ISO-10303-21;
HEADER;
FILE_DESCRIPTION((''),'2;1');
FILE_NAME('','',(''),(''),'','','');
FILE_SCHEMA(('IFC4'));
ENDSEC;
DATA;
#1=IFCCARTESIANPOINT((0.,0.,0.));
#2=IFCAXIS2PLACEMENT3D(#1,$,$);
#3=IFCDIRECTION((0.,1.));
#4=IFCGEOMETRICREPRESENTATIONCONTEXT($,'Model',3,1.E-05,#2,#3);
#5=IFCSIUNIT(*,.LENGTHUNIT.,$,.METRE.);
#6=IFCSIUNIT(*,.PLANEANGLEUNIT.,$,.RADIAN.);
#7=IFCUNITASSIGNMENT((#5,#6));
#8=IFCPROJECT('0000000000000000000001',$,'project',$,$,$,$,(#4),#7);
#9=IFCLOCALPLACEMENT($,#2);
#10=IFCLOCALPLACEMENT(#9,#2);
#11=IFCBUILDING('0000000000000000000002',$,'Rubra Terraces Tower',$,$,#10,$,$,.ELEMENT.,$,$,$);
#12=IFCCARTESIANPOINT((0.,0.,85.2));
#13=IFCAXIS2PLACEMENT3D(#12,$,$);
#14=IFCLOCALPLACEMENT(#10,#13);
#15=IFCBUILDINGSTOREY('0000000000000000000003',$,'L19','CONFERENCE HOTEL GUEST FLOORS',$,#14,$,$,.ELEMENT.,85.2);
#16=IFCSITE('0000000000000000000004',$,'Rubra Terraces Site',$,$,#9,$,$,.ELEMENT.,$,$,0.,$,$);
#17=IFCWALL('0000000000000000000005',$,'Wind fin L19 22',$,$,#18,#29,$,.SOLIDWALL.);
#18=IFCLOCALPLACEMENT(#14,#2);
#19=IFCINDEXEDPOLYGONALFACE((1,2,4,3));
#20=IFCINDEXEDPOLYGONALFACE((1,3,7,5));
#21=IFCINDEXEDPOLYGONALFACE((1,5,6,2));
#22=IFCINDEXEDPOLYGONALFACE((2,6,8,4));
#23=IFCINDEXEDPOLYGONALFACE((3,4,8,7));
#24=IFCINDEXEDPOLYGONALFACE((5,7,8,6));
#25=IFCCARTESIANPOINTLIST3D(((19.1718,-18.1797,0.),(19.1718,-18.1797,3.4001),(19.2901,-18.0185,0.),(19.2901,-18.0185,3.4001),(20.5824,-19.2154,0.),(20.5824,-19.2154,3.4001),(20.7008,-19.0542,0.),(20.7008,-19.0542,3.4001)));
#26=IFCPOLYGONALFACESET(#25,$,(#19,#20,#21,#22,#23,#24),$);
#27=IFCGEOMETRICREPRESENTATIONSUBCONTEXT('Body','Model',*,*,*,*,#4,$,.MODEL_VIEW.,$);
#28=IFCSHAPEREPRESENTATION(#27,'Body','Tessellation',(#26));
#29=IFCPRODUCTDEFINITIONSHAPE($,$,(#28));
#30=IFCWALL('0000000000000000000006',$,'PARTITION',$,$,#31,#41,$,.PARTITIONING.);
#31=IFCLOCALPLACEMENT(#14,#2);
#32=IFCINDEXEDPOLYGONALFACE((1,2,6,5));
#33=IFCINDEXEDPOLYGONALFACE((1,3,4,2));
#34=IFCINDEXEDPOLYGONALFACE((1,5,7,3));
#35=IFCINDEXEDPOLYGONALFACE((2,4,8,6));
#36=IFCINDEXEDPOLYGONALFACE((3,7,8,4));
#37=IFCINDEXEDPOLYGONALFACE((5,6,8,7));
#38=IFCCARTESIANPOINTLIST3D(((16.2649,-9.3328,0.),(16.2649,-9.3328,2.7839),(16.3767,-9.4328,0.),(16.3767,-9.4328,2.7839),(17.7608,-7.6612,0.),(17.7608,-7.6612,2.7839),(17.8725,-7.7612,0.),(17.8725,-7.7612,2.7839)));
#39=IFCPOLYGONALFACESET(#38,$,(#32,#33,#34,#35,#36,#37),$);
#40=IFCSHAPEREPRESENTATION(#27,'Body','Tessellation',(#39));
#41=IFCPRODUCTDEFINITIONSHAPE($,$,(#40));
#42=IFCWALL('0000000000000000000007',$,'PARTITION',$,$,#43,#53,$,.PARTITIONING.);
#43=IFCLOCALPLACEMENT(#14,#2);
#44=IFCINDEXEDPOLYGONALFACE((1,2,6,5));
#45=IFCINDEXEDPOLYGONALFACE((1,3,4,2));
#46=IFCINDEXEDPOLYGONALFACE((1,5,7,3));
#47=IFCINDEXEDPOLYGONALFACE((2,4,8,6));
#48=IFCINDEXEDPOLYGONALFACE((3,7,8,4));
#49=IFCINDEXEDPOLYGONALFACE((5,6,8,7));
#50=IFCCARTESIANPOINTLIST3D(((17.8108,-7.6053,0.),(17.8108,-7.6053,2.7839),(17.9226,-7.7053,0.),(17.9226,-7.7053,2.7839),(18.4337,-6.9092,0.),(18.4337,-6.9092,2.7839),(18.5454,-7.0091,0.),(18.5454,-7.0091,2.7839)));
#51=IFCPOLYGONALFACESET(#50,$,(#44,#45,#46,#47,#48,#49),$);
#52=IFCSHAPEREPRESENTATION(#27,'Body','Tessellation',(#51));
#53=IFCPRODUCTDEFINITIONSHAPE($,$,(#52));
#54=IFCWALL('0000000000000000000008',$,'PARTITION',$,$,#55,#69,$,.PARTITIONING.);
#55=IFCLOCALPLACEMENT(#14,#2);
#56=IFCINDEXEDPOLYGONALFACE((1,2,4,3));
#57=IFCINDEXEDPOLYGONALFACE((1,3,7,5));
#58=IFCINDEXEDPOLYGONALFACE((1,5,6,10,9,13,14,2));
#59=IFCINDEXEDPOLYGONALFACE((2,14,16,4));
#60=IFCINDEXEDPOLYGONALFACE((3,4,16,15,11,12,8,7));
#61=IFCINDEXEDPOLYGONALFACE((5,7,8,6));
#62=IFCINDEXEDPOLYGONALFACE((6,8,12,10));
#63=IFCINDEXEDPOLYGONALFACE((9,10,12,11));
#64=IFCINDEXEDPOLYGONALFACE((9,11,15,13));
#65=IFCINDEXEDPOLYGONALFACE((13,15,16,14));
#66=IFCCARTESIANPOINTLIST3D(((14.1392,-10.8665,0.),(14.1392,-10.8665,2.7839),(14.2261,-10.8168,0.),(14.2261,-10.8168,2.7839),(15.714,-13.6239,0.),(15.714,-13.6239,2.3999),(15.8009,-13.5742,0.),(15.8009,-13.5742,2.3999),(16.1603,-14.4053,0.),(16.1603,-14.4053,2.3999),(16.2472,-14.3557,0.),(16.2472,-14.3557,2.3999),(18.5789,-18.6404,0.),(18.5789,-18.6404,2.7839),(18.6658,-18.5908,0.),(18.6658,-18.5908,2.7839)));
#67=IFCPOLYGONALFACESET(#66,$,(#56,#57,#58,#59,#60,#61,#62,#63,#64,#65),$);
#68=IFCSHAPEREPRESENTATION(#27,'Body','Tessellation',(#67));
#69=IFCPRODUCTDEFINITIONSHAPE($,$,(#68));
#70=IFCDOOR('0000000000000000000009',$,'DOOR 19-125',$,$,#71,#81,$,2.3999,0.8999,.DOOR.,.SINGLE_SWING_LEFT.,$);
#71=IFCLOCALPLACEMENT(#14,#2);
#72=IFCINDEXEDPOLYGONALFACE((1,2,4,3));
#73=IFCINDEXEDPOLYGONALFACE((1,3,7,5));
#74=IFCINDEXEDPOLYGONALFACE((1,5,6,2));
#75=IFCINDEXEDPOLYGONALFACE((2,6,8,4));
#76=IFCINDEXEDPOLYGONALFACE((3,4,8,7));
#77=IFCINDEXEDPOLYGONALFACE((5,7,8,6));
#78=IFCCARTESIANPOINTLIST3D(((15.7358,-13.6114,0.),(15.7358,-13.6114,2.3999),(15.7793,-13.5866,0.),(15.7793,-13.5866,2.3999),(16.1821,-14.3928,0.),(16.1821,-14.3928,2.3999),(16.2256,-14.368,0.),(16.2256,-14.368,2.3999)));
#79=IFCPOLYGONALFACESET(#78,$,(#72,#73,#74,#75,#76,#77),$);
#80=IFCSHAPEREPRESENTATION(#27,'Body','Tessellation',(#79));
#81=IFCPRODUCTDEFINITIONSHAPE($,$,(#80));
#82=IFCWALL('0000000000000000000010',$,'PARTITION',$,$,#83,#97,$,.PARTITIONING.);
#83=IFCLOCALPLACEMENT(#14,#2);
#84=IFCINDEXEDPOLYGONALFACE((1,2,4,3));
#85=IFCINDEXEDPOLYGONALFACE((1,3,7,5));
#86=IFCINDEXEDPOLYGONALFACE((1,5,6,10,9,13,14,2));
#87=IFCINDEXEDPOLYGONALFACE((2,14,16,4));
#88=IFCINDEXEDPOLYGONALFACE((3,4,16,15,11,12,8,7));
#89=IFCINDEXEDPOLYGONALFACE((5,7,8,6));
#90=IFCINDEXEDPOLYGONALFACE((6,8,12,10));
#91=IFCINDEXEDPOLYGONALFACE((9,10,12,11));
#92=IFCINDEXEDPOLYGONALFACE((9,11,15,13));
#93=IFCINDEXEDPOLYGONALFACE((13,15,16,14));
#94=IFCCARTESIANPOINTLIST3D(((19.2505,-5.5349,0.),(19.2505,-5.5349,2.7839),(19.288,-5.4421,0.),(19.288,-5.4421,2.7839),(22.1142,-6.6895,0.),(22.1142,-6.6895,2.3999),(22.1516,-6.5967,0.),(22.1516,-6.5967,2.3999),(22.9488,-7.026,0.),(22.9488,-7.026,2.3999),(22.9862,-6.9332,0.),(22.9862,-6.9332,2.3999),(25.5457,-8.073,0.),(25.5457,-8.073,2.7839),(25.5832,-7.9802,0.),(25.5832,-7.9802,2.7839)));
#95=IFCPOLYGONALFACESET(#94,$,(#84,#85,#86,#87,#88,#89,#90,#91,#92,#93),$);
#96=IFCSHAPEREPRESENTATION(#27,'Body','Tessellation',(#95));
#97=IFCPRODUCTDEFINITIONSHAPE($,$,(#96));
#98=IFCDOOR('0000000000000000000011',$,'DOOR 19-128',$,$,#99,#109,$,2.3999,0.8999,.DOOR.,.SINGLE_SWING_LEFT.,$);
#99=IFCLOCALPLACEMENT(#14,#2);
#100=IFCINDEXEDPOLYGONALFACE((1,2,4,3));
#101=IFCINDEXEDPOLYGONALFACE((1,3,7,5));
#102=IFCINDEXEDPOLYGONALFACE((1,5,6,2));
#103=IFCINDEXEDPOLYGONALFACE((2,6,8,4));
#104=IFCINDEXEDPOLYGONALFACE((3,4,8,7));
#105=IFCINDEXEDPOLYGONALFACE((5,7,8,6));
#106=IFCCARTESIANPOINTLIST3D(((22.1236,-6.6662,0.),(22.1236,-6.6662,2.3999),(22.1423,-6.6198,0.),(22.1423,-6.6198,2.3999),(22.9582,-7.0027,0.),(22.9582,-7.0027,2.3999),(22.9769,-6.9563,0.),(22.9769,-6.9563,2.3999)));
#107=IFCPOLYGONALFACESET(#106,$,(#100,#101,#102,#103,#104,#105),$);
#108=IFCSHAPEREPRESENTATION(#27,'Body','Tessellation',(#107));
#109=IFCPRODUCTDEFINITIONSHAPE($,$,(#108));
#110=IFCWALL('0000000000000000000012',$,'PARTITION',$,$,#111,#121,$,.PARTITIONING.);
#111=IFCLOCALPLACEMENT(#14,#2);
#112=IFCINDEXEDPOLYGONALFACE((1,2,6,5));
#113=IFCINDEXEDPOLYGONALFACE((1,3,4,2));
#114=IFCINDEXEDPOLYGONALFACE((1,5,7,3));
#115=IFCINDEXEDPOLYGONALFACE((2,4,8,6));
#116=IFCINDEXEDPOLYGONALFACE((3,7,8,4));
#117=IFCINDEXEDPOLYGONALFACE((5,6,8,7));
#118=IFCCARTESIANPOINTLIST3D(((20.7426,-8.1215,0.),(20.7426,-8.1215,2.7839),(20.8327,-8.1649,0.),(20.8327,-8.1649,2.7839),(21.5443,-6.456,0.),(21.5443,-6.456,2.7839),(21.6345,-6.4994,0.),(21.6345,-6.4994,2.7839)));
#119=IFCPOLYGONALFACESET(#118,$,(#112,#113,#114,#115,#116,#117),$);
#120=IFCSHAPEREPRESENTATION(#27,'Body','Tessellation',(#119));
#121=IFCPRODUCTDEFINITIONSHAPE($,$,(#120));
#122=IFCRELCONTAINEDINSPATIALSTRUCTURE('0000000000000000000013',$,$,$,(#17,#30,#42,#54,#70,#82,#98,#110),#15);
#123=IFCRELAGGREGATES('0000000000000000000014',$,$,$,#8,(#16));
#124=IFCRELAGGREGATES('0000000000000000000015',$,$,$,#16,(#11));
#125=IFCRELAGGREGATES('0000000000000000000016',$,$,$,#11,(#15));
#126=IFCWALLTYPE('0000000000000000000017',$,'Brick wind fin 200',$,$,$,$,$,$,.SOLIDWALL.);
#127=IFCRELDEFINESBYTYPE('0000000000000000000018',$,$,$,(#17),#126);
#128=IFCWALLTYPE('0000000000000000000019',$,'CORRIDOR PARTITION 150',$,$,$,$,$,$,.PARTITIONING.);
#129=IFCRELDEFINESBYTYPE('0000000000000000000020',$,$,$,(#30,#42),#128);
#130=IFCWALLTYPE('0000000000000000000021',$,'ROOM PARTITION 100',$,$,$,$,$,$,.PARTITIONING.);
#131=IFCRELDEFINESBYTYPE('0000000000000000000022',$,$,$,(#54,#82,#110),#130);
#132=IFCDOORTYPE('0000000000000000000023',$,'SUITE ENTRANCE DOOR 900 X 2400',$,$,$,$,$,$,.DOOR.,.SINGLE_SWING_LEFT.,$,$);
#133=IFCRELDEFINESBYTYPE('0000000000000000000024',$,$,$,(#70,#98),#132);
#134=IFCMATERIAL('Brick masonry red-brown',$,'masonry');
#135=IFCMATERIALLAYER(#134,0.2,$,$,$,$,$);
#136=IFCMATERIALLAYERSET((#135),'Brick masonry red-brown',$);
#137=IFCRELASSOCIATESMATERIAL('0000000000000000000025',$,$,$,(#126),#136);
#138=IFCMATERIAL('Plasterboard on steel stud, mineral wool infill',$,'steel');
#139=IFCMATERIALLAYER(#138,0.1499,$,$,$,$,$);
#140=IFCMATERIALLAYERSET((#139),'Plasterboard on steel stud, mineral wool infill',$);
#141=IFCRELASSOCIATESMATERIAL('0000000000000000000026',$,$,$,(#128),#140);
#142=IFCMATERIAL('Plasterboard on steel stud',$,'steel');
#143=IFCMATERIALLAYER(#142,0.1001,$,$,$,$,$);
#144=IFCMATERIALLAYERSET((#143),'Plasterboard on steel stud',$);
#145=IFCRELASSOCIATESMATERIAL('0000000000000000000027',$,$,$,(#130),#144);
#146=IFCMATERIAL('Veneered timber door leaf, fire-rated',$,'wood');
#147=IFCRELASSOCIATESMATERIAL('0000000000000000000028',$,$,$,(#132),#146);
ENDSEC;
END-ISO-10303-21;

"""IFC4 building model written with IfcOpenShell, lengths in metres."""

from ifc_helpers import new_model, si_unit, direction, frame, frame_2d, origin, place, context, subcontext, project, spatial, rectangle, extrude, material, layer, layer_set, type_object, element, fill, save


model = new_model("IFC4")

# Units and contexts
model_context = context("Model", 3, precision=1e-05, world=origin(), true_north=direction((0.0, 1.0)))
body_context = subcontext(model_context, "Body", "Model", "MODEL_VIEW")
ifc_project = project(units=[si_unit("LENGTHUNIT", "METRE"), si_unit("PLANEANGLEUNIT", "RADIAN")], contexts=[model_context])

# Site, building, storey
site_placement = place(None, origin())
site = spatial("IfcSite", under=ifc_project, at=site_placement, Name="Rubra Terraces Site", CompositionType="ELEMENT", RefElevation=0.0)
building_placement = place(site_placement, origin())
building = spatial("IfcBuilding", under=site, at=building_placement, Name="Rubra Terraces Tower", CompositionType="ELEMENT")
storey_placement = place(building_placement, frame((0.0, 0.0, 85.2)))
storey = spatial("IfcBuildingStorey", under=building, at=storey_placement, Name="L19", Description="CONFERENCE HOTEL GUEST FLOORS", CompositionType="ELEMENT", Elevation=85.2)

# Shared definitions
ifc_material_1 = material(Name="Brick masonry red-brown", Category="masonry")

# Walls
ifc_layer_1 = layer(ifc_material_1, 0.2)
ifc_layer_set_1 = layer_set([ifc_layer_1], Name="Brick masonry red-brown")
wall_type_1 = type_object("IfcWallType", Name="Brick wind fin 200", PredefinedType="SOLIDWALL", material=ifc_layer_set_1)
wall_1_placement = place(storey_placement, frame((19.231, -18.0991, 0.0), z_axis=(0.0, 0.0, 1.0), x_axis=(0.806086, -0.591799, 0.0)))
element("IfcWall", 1, at=wall_1_placement, inside=storey, type_object=wall_type_1, Name="Wind fin L19 22", PredefinedType="SOLIDWALL", context=body_context, shape_type="SweptSolid", body=[
    extrude(rectangle(XDim=1.75, YDim=0.2, at=frame_2d((0.875, 0.0))), origin(), (0.0, 0.0, 1.0), 3.4001),
])
ifc_material_2 = material(Name="Plasterboard on steel stud, mineral wool infill", Category="steel")
ifc_layer_2 = layer(ifc_material_2, 0.1499)
ifc_layer_set_2 = layer_set([ifc_layer_2], Name="Plasterboard on steel stud, mineral wool infill")
wall_type_2 = type_object("IfcWallType", Name="CORRIDOR PARTITION 150", PredefinedType="PARTITIONING", material=ifc_layer_set_2)
wall_2_placement = place(storey_placement, frame((16.3208, -9.3828, 0.0), z_axis=(0.0, 0.0, 1.0), x_axis=(0.666839, 0.745201, 0.0)))
element("IfcWall", 2, at=wall_2_placement, inside=storey, type_object=wall_type_2, Name="PARTITION", PredefinedType="PARTITIONING", context=body_context, shape_type="SweptSolid", body=[
    extrude(rectangle(XDim=2.2432, YDim=0.1499, at=frame_2d((1.1216, 0.0))), origin(), (0.0, 0.0, 1.0), 2.7839),
])
wall_3_placement = place(storey_placement, frame((17.8667, -7.6553, 0.0), z_axis=(0.0, 0.0, 1.0), x_axis=(0.66681, 0.745228, 0.0)))
element("IfcWall", 3, at=wall_3_placement, inside=storey, type_object=wall_type_2, Name="PARTITION", PredefinedType="PARTITIONING", context=body_context, shape_type="SweptSolid", body=[
    extrude(rectangle(XDim=0.9341, YDim=0.1499, at=frame_2d((0.467, 0.0))), origin(), (0.0, 0.0, 1.0), 2.7839),
])

# Walls, openings, doors
ifc_material_3 = material(Name="Plasterboard on steel stud", Category="steel")
ifc_layer_3 = layer(ifc_material_3, 0.1001)
ifc_layer_set_3 = layer_set([ifc_layer_3], Name="Plasterboard on steel stud")
wall_type_3 = type_object("IfcWallType", Name="ROOM PARTITION 100", PredefinedType="PARTITIONING", material=ifc_layer_set_3)
wall_4_placement = place(storey_placement, frame((18.6223, -18.6155, 0.0), z_axis=(0.0, 0.0, 1.0), x_axis=(-0.495925, 0.868366, 0.0)))
wall_4 = element("IfcWall", 4, at=wall_4_placement, inside=storey, type_object=wall_type_3, Name="PARTITION", PredefinedType="PARTITIONING", context=body_context, shape_type="SweptSolid", body=[
    extrude(rectangle(XDim=8.9524, YDim=0.1001, at=frame_2d((4.4761, 0.0))), origin(), (0.0, 0.0, 1.0), 2.7839),
])
opening_1_placement = place(wall_4_placement, frame((4.877, 0.0, 0.0)))
opening_1 = element("IfcOpeningElement", 5, at=opening_1_placement, cuts=wall_4, PredefinedType="OPENING", context=body_context, shape_type="SweptSolid", body=[
    extrude(rectangle(XDim=0.8999, YDim=2.3999, at=frame_2d((0.45, 1.2))), frame((0.0, 0.0601, 0.0), z_axis=(0.0, -1.0, 0.0), x_axis=(1.0, 0.0, 0.0)), (0.0, 0.0, 1.0), 0.1201),
])
ifc_material_4 = material(Name="Veneered timber door leaf, fire-rated", Category="wood")
door_type = type_object("IfcDoorType", Name="SUITE ENTRANCE DOOR 900 X 2400", OperationType="SINGLE_SWING_LEFT", PredefinedType="DOOR", material=ifc_material_4)
door_1_placement = place(opening_1_placement, origin())
door_1 = element("IfcDoor", 6, at=door_1_placement, inside=storey, type_object=door_type, Name="DOOR 19-125", OperationType="SINGLE_SWING_LEFT", OverallHeight=2.3999, OverallWidth=0.8999, PredefinedType="DOOR", context=body_context, shape_type="SweptSolid", body=[
    extrude(rectangle(XDim=0.8999, YDim=2.3999, at=frame_2d((0.45, 1.2))), frame((0.0, 0.0249, 0.0), z_axis=(0.0, -1.0, 0.0), x_axis=(1.0, 0.0, 0.0)), (0.0, 0.0, 1.0), 0.05),
])
fill(opening_1, door_1)
wall_5_placement = place(storey_placement, frame((25.5645, -8.0266, 0.0), z_axis=(0.0, 0.0, 1.0), x_axis=(-0.927456, 0.373932, 0.0)))
wall_5 = element("IfcWall", 7, at=wall_5_placement, inside=storey, type_object=wall_type_3, Name="PARTITION", PredefinedType="PARTITIONING", context=body_context, shape_type="SweptSolid", body=[
    extrude(rectangle(XDim=6.7876, YDim=0.1001, at=frame_2d((3.3938, 0.0))), origin(), (0.0, 0.0, 1.0), 2.7839),
])
opening_2_placement = place(wall_5_placement, frame((2.8, 0.0, 0.0)))
opening_2 = element("IfcOpeningElement", 8, at=opening_2_placement, cuts=wall_5, PredefinedType="OPENING", context=body_context, shape_type="SweptSolid", body=[
    extrude(rectangle(XDim=0.8999, YDim=2.3999, at=frame_2d((0.45, 1.2))), frame((0.0, 0.0601, 0.0), z_axis=(0.0, -1.0, 0.0), x_axis=(1.0, 0.0, 0.0)), (0.0, 0.0, 1.0), 0.1201),
])
door_2_placement = place(opening_2_placement, origin())
door_2 = element("IfcDoor", 9, at=door_2_placement, inside=storey, type_object=door_type, Name="DOOR 19-128", OperationType="SINGLE_SWING_LEFT", OverallHeight=2.3999, OverallWidth=0.8999, PredefinedType="DOOR", context=body_context, shape_type="SweptSolid", body=[
    extrude(rectangle(XDim=0.8999, YDim=2.3999, at=frame_2d((0.45, 1.2))), frame((0.0, 0.0249, 0.0), z_axis=(0.0, -1.0, 0.0), x_axis=(1.0, 0.0, 0.0)), (0.0, 0.0, 1.0), 0.05),
])
fill(opening_2, door_2)

# Wall
wall_6_placement = place(storey_placement, frame((20.7876, -8.1433, 0.0), z_axis=(0.0, 0.0, 1.0), x_axis=(0.433744, 0.901036, 0.0)))
element("IfcWall", 10, at=wall_6_placement, inside=storey, type_object=wall_type_3, Name="PARTITION", PredefinedType="PARTITIONING", context=body_context, shape_type="SweptSolid", body=[
    extrude(rectangle(XDim=1.8484, YDim=0.1001, at=frame_2d((0.9243, 0.0))), origin(), (0.0, 0.0, 1.0), 2.7839),
])

save(model, "model.ifc")
